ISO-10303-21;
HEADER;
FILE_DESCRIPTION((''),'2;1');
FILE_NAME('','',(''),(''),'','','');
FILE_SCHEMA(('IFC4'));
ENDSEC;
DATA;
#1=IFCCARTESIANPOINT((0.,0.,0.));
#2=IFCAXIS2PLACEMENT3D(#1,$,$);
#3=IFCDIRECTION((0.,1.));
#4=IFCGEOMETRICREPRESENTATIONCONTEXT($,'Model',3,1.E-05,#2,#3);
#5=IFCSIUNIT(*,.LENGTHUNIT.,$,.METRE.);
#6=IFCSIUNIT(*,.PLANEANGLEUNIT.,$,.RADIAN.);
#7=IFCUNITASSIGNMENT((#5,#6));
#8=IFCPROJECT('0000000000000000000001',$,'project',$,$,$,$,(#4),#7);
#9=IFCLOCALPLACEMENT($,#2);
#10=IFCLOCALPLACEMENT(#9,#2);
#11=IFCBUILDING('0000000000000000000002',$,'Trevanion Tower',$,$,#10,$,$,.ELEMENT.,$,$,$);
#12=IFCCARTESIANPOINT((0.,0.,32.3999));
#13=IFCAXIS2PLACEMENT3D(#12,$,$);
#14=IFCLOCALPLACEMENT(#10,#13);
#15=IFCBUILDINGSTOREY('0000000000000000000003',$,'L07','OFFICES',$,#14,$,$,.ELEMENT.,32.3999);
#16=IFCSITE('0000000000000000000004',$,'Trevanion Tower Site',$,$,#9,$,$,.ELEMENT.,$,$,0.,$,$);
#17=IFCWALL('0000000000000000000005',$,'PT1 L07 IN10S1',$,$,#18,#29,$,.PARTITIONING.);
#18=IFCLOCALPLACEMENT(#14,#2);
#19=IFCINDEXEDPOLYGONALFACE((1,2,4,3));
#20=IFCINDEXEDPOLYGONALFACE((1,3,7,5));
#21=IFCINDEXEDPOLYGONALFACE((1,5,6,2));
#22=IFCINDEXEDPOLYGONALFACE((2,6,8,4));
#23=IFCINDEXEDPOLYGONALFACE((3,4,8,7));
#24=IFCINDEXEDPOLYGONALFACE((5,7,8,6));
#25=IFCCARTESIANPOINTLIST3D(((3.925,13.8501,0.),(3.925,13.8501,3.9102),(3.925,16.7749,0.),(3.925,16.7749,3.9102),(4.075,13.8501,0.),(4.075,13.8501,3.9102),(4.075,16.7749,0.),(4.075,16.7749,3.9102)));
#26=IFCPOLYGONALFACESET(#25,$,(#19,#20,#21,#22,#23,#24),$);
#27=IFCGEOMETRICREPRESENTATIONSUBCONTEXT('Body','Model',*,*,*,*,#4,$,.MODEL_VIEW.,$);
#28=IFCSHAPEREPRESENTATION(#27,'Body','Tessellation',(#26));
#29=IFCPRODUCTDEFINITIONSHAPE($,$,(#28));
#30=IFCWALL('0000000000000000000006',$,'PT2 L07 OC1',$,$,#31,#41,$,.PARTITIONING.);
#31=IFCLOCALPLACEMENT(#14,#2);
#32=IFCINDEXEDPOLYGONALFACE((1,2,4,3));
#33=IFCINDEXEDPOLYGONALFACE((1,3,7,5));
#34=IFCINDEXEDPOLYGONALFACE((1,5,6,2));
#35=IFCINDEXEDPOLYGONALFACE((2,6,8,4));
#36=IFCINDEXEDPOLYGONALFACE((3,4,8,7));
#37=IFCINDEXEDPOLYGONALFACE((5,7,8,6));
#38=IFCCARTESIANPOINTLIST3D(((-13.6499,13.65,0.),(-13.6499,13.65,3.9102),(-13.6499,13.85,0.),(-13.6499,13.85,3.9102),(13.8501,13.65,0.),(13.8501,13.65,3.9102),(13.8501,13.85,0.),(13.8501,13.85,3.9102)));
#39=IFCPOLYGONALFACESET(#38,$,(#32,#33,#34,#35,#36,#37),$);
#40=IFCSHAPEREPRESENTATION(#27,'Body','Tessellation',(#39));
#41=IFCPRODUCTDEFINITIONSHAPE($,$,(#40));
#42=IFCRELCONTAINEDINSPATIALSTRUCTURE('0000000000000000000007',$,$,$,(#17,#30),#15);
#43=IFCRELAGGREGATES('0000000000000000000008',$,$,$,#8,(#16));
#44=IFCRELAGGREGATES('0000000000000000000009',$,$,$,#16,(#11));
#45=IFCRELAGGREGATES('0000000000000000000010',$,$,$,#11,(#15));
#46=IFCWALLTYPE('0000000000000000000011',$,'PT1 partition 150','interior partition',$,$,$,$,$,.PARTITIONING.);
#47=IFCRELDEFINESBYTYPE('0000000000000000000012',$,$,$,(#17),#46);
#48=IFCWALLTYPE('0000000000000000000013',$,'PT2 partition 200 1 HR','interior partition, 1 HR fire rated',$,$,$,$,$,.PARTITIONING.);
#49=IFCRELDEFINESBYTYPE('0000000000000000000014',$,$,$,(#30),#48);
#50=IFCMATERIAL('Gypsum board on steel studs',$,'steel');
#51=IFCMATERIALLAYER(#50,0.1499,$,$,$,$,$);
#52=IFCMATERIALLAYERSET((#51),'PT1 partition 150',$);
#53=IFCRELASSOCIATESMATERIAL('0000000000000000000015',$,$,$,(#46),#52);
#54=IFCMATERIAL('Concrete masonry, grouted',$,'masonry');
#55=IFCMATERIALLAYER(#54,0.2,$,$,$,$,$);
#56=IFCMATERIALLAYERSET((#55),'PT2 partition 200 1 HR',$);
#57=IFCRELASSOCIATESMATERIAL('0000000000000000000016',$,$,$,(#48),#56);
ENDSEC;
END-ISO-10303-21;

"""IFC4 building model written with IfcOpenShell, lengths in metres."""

from ifc_helpers import new_model, si_unit, direction, frame, frame_2d, origin, place, context, subcontext, project, spatial, rectangle, extrude, material, layer, layer_set, type_object, element, save


model = new_model("IFC4")

# Units and contexts
model_context = context("Model", 3, precision=1e-05, world=origin(), true_north=direction((0.0, 1.0)))
body_context = subcontext(model_context, "Body", "Model", "MODEL_VIEW")
ifc_project = project(units=[si_unit("LENGTHUNIT", "METRE"), si_unit("PLANEANGLEUNIT", "RADIAN")], contexts=[model_context])

# Site, building, storey
site_placement = place(None, origin())
site = spatial("IfcSite", under=ifc_project, at=site_placement, Name="Trevanion Tower Site", CompositionType="ELEMENT", RefElevation=0.0)
building_placement = place(site_placement, origin())
building = spatial("IfcBuilding", under=site, at=building_placement, Name="Trevanion Tower", CompositionType="ELEMENT")
storey_placement = place(building_placement, frame((0.0, 0.0, 32.3999)))
storey = spatial("IfcBuildingStorey", under=building, at=storey_placement, Name="L07", Description="OFFICES", CompositionType="ELEMENT", Elevation=32.3999)

# Shared definitions
ifc_material_1 = material(Name="Gypsum board on steel studs", Category="steel")
ifc_layer_1 = layer(ifc_material_1, 0.1499)
ifc_layer_set_1 = layer_set([ifc_layer_1], Name="PT1 partition 150")
wall_type_1 = type_object("IfcWallType", Name="PT1 partition 150", Description="interior partition", PredefinedType="PARTITIONING", material=ifc_layer_set_1)

# Walls
for number, where, z_axis, x_axis, name in (
    (1, (4.0, 16.7749, 0.0), (0.0, 0.0, 1.0), (0.0, -1.0, 0.0), "PT1 L07 IN10S1"),
):
    element("IfcWall", number, at=place(storey_placement, frame(where, z_axis=z_axis, x_axis=x_axis)), inside=storey, type_object=wall_type_1, Name=name, PredefinedType="PARTITIONING", context=body_context, shape_type="SweptSolid", body=[
        extrude(rectangle(XDim=2.9248, YDim=0.1499, at=frame_2d((1.4624, 0.0))), origin(), (0.0, 0.0, 1.0), 3.9102),
    ])
ifc_material_2 = material(Name="Concrete masonry, grouted", Category="masonry")
ifc_layer_2 = layer(ifc_material_2, 0.2)
ifc_layer_set_2 = layer_set([ifc_layer_2], Name="PT2 partition 200 1 HR")
wall_type_2 = type_object("IfcWallType", Name="PT2 partition 200 1 HR", Description="interior partition, 1 HR fire rated", PredefinedType="PARTITIONING", material=ifc_layer_set_2)
wall_1_placement = place(storey_placement, frame((13.8501, 13.75, 0.0), z_axis=(0.0, 0.0, 1.0), x_axis=(-1.0, 0.0, 0.0)))
element("IfcWall", 2, at=wall_1_placement, inside=storey, type_object=wall_type_2, Name="PT2 L07 OC1", PredefinedType="PARTITIONING", context=body_context, shape_type="SweptSolid", body=[
    extrude(rectangle(XDim=27.5, YDim=0.2, at=frame_2d((13.75, 0.0))), origin(), (0.0, 0.0, 1.0), 3.9102),
])

save(model, "model.ifc")
